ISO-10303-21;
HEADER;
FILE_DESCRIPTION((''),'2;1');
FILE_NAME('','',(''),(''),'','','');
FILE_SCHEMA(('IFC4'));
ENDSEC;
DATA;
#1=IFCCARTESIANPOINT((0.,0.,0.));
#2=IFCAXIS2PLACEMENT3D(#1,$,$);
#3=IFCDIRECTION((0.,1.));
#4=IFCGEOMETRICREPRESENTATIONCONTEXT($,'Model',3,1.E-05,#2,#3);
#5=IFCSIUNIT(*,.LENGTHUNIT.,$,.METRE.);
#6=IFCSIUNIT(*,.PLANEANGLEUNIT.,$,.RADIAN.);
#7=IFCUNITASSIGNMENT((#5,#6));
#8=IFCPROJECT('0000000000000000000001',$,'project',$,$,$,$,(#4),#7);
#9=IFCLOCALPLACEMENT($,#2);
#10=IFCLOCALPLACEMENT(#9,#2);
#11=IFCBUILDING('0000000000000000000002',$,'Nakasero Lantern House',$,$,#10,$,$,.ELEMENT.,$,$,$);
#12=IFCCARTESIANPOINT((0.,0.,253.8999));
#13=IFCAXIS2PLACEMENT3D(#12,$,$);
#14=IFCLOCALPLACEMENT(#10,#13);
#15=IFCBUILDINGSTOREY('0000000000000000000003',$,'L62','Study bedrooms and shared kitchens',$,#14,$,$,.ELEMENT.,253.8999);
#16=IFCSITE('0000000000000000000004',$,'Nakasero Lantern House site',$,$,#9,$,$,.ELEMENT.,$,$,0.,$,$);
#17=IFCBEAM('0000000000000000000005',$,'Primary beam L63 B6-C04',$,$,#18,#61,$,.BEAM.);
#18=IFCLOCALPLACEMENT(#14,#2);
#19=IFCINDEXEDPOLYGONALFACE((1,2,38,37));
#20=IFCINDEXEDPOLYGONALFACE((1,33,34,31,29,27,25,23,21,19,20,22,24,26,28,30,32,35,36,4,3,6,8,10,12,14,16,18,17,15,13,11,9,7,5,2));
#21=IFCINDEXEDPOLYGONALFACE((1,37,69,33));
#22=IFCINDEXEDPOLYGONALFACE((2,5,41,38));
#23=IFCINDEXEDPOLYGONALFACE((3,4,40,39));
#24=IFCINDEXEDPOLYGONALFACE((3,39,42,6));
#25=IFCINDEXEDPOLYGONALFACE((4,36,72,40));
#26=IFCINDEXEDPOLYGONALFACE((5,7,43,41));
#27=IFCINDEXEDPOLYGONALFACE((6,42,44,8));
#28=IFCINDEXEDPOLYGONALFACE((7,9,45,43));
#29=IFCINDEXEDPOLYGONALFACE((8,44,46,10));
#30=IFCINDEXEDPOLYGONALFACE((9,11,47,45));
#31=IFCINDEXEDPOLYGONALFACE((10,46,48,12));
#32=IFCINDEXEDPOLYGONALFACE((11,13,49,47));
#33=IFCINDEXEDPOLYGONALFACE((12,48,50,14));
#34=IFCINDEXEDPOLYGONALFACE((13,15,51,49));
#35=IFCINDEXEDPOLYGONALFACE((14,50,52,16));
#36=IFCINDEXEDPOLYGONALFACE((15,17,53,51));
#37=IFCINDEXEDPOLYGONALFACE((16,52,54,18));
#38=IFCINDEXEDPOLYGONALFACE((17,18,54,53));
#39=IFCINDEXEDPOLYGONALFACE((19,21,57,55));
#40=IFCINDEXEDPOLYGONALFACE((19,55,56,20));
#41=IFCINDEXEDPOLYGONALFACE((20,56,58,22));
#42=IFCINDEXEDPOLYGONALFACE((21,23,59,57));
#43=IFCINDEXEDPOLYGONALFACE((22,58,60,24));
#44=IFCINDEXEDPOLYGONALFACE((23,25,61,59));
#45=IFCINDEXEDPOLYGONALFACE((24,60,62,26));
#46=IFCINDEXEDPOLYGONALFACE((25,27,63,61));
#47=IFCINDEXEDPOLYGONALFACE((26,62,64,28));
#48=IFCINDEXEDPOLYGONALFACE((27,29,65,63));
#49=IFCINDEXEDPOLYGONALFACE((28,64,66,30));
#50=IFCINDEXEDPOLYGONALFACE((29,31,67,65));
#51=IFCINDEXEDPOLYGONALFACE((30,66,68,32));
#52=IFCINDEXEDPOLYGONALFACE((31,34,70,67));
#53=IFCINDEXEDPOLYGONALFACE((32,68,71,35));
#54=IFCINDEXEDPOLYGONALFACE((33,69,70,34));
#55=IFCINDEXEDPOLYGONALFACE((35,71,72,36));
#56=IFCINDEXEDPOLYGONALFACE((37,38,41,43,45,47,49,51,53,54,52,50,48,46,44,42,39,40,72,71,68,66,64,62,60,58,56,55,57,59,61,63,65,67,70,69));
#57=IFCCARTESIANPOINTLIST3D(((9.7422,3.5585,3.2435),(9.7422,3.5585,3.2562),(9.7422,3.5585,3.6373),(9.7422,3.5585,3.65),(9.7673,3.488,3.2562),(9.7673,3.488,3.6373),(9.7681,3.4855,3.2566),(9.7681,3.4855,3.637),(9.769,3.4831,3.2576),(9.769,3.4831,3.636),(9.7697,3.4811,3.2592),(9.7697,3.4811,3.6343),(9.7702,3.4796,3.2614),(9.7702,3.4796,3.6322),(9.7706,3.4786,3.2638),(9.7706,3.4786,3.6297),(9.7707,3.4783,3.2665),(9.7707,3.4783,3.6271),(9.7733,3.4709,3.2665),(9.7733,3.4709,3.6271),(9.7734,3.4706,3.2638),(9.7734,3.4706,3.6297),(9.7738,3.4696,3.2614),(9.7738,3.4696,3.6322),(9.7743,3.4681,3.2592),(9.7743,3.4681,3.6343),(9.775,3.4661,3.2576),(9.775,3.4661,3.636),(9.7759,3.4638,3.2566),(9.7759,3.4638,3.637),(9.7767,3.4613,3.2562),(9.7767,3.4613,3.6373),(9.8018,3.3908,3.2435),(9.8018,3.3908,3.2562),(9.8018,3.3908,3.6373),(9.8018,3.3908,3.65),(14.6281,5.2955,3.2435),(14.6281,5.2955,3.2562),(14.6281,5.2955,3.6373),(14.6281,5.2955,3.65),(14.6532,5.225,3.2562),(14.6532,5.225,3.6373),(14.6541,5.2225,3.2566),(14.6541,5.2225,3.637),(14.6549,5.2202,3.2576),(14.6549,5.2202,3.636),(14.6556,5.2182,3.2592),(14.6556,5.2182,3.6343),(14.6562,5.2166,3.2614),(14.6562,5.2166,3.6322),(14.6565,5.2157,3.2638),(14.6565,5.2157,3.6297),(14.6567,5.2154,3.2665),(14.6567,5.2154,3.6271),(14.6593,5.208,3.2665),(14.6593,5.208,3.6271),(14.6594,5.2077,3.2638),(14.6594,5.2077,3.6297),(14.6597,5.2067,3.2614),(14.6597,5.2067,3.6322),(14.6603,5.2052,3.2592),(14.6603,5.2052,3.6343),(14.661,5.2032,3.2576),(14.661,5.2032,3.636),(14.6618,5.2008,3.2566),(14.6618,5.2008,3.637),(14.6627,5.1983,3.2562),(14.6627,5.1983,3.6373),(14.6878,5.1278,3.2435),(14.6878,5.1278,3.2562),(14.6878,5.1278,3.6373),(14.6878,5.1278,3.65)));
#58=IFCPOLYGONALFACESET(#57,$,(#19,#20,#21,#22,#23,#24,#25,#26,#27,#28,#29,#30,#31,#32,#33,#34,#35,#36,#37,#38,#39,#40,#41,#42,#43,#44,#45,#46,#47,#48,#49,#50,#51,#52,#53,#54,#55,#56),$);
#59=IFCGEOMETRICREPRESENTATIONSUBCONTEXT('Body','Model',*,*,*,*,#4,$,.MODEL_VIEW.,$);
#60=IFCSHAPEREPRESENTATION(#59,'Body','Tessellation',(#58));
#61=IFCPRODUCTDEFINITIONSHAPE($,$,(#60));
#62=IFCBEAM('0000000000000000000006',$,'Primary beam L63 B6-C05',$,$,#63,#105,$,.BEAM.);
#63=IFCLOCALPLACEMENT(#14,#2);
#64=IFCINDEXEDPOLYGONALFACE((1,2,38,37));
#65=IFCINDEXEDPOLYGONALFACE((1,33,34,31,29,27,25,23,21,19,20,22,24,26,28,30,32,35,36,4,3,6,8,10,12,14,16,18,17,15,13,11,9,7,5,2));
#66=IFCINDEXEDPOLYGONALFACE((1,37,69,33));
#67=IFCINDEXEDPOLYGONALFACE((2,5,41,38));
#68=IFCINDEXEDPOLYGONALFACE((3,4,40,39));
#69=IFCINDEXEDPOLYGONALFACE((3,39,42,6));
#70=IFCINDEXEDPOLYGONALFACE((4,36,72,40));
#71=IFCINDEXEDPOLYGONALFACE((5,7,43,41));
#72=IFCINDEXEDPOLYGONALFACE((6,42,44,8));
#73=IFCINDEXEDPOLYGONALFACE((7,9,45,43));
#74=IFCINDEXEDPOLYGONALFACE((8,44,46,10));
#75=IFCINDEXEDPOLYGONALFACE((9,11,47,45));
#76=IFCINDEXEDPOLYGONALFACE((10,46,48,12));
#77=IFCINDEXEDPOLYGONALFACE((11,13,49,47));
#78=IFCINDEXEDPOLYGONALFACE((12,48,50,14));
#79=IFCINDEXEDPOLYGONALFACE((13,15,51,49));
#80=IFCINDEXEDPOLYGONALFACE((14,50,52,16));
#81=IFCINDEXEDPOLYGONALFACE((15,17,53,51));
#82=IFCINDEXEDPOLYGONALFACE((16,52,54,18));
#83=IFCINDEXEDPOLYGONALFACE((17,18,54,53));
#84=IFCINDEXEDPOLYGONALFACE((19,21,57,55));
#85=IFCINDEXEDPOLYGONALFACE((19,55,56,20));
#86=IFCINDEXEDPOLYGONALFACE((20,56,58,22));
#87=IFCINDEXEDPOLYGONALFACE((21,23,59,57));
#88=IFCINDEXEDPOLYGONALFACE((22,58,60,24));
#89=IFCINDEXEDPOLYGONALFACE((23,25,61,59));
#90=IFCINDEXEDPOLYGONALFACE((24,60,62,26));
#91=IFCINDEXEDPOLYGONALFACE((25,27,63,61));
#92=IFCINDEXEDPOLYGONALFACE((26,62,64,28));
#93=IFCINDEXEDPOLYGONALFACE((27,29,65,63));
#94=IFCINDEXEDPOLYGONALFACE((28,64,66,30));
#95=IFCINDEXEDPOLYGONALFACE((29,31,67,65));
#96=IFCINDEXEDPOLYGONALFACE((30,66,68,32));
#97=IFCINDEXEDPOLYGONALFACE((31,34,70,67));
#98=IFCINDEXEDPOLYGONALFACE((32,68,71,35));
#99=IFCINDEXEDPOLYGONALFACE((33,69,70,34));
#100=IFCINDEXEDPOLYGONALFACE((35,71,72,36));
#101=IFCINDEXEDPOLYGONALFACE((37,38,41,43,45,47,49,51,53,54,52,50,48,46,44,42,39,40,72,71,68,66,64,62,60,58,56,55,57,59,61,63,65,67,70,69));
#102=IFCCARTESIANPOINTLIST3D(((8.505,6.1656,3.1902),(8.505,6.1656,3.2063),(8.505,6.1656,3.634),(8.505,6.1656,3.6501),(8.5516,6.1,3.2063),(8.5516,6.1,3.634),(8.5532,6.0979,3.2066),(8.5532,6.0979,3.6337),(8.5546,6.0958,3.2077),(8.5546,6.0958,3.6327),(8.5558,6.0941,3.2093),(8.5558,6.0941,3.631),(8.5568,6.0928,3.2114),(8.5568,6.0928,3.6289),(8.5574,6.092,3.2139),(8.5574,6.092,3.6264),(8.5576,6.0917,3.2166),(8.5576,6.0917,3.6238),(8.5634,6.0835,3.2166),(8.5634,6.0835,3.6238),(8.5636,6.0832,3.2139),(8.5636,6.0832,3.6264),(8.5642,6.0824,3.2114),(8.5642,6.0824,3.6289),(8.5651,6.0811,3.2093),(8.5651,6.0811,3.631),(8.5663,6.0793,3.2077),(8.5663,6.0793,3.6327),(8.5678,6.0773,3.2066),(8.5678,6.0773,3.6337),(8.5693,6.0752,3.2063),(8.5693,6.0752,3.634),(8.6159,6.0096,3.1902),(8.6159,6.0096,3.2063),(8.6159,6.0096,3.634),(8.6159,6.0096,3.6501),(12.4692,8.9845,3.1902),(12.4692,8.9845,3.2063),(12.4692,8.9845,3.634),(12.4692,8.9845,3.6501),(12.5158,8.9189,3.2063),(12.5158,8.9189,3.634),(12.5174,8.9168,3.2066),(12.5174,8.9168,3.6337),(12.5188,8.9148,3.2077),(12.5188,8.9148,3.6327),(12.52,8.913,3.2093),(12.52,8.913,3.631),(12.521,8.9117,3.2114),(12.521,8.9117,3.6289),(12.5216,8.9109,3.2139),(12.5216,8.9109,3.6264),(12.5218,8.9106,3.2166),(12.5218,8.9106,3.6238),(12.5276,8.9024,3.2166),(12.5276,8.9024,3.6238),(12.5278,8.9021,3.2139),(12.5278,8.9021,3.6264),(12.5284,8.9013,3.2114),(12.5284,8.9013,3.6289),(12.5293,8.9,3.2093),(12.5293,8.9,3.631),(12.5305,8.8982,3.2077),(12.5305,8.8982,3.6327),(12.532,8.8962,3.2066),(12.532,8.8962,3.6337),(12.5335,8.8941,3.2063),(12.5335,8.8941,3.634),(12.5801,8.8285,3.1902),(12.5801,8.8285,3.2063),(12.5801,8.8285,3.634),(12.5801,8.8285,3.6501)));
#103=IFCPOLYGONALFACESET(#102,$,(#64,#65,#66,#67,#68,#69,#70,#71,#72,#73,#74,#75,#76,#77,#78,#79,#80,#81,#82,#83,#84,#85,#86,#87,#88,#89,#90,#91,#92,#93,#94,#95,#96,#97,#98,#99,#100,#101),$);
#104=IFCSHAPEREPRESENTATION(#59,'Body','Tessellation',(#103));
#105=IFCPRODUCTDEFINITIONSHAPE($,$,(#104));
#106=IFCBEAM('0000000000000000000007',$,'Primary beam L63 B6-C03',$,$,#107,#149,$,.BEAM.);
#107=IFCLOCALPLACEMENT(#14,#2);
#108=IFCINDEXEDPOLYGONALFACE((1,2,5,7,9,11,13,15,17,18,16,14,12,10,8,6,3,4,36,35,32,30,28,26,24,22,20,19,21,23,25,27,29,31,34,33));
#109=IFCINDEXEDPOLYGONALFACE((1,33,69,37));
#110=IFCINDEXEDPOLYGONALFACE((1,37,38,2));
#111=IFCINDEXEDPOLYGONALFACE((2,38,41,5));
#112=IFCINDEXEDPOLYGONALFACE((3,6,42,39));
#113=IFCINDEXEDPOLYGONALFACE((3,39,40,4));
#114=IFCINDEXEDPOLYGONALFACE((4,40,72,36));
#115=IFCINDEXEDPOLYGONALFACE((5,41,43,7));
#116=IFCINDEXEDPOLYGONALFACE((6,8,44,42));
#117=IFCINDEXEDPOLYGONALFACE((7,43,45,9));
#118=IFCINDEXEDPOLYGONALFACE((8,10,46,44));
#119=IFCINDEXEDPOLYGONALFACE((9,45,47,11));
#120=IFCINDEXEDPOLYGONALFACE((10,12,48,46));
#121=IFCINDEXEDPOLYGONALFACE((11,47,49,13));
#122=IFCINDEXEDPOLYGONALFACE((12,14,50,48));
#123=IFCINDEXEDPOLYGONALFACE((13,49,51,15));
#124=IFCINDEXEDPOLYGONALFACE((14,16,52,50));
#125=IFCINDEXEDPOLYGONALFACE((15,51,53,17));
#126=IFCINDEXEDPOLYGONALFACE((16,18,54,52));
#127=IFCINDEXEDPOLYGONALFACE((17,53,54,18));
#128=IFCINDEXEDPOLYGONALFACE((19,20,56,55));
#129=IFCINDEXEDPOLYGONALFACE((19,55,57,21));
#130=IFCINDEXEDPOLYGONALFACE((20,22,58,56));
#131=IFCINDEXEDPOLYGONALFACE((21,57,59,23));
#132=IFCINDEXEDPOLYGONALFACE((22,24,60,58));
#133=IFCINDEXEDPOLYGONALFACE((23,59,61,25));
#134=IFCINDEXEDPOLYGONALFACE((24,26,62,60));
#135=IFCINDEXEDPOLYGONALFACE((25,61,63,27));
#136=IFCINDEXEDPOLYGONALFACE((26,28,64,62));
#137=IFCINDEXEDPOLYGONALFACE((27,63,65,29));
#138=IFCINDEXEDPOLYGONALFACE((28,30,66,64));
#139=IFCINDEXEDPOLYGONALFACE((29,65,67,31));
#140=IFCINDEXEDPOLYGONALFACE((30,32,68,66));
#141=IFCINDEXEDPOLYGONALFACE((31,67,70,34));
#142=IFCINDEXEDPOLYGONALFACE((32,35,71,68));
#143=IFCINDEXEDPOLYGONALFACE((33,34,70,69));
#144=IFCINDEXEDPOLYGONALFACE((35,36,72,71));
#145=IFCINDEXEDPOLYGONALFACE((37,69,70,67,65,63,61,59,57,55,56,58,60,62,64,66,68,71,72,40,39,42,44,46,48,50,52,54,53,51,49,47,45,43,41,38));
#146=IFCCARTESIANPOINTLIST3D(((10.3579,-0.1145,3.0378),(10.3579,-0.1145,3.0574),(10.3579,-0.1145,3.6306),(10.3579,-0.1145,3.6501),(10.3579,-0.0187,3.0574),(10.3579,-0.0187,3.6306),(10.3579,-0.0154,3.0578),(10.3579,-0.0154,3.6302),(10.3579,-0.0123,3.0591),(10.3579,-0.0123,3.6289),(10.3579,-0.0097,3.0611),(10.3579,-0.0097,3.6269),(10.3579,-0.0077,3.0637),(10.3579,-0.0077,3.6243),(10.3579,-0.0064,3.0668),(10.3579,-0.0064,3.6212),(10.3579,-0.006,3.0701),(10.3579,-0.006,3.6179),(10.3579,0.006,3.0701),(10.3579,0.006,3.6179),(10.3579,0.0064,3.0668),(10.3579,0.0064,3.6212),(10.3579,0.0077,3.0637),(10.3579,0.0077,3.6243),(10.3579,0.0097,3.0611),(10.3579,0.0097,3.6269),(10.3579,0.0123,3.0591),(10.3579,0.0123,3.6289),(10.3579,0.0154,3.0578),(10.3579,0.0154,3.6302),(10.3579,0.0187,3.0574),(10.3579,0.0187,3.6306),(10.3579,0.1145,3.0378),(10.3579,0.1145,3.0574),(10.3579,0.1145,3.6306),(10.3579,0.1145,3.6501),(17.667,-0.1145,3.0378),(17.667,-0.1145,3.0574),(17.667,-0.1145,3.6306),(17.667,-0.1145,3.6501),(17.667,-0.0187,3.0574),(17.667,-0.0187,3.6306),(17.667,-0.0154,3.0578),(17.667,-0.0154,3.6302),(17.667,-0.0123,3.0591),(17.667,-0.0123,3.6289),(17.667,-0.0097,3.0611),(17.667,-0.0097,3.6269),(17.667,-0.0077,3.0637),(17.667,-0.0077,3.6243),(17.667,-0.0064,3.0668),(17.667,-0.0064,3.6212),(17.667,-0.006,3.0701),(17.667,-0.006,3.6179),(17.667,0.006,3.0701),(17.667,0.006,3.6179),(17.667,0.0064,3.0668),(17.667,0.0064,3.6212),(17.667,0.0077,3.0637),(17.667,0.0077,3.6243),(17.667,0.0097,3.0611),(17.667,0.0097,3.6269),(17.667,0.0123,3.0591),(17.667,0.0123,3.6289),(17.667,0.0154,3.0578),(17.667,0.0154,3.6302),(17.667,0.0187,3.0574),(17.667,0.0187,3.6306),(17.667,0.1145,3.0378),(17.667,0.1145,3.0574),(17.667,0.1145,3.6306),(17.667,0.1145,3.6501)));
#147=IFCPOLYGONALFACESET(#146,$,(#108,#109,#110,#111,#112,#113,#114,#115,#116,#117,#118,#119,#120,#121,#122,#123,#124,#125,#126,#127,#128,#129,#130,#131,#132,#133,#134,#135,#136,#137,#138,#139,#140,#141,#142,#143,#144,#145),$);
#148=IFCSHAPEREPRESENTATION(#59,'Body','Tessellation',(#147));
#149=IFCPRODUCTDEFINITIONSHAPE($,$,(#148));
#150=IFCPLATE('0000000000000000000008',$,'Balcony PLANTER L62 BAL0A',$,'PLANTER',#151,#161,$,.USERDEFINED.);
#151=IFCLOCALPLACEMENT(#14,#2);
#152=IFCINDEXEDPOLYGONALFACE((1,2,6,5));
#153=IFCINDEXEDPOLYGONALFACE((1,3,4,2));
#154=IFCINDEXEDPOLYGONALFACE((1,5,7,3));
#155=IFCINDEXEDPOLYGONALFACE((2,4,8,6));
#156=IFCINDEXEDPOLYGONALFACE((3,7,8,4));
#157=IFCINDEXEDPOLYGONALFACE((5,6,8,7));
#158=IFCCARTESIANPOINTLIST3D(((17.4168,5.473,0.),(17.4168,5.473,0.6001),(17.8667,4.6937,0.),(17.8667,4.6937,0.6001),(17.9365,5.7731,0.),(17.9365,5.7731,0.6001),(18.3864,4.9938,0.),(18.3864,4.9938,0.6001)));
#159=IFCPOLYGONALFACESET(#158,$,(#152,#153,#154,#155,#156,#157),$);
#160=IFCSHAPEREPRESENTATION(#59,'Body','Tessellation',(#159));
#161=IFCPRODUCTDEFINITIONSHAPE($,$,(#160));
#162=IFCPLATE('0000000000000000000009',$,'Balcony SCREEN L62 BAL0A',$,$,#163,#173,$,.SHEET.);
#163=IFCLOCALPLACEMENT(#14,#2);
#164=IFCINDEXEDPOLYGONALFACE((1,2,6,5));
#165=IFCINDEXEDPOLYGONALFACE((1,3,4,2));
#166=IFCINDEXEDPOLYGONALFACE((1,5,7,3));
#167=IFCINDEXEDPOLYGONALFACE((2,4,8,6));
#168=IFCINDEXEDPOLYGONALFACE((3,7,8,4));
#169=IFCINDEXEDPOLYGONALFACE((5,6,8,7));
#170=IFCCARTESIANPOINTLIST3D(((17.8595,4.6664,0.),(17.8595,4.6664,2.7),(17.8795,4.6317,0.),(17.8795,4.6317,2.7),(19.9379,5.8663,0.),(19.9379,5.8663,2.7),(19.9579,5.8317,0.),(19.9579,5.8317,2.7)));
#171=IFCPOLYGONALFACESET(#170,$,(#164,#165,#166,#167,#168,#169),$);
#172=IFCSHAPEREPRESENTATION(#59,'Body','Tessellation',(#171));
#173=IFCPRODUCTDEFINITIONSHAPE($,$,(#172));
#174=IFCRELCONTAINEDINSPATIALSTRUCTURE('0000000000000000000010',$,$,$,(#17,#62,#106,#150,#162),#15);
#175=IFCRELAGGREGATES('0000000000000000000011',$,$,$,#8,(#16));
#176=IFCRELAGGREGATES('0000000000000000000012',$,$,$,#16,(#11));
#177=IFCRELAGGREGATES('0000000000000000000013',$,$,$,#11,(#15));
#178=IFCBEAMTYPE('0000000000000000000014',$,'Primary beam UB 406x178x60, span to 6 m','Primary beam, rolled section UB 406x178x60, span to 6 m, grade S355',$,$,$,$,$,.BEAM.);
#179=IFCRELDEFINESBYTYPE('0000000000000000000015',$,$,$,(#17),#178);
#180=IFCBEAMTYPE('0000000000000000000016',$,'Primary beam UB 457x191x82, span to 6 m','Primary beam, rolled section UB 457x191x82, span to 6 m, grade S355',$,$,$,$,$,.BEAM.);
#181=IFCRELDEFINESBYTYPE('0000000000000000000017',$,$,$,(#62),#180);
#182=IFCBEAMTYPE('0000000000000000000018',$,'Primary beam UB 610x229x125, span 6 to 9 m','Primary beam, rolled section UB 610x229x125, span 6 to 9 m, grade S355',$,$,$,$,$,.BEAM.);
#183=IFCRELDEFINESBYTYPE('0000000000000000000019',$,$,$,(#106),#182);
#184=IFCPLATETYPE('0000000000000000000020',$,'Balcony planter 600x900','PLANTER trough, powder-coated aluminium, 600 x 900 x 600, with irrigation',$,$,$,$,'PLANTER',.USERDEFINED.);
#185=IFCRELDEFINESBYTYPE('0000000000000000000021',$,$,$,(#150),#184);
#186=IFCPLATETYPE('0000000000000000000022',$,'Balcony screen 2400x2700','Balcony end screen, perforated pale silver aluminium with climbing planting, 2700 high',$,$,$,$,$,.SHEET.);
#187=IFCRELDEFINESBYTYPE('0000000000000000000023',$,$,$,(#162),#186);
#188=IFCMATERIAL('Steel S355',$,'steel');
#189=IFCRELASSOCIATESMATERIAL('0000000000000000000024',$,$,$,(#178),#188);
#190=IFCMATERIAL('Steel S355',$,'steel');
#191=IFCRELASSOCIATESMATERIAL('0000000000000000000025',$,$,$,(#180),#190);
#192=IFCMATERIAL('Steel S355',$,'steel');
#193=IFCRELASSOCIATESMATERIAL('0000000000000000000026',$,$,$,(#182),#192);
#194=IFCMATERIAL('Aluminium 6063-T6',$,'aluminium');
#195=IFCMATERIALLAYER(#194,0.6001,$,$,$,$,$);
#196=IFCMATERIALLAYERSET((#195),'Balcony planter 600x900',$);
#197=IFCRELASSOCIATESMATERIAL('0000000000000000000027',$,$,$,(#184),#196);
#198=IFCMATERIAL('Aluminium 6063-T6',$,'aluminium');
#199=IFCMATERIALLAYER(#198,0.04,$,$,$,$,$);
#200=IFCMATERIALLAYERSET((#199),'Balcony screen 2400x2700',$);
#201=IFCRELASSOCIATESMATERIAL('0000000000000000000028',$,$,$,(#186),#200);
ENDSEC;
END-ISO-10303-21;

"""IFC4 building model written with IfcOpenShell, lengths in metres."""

from ifc_helpers import new_model, si_unit, direction, frame, origin, origin_2d, place, context, subcontext, project, spatial, rectangle, i_section, extrude, material, layer, layer_set, material_profile, profile_set, type_object, element, save


model = new_model("IFC4")

# Units and contexts
model_context = context("Model", 3, precision=1e-05, world=origin(), true_north=direction((0.0, 1.0)))
body_context = subcontext(model_context, "Body", "Model", "MODEL_VIEW")
ifc_project = project(units=[si_unit("LENGTHUNIT", "METRE"), si_unit("PLANEANGLEUNIT", "RADIAN")], contexts=[model_context])

# Site, building, storey
site_placement = place(None, origin())
site = spatial("IfcSite", under=ifc_project, at=site_placement, Name="Nakasero Lantern House site", CompositionType="ELEMENT", RefElevation=0.0)
building_placement = place(site_placement, origin())
building = spatial("IfcBuilding", under=site, at=building_placement, Name="Nakasero Lantern House", CompositionType="ELEMENT")
storey_placement = place(building_placement, frame((0.0, 0.0, 253.8999)))
storey = spatial("IfcBuildingStorey", under=building, at=storey_placement, Name="L62", Description="Study bedrooms and shared kitchens", CompositionType="ELEMENT", Elevation=253.8999)

# Beams
ifc_material_1 = material(Name="Steel S355", Category="steel")
ifc_material_profile_1 = material_profile(ifc_material_1, i_section(OverallWidth=0.178, OverallDepth=0.4065, WebThickness=0.0078, FlangeThickness=0.0127, FilletRadius=0.0103, at=origin_2d()), Name="UB 406x178x60")
ifc_profile_set_1 = profile_set([ifc_material_profile_1], Name="Steel S355")
beam_type_1 = type_object("IfcBeamType", Name="Primary beam UB 406x178x60, span to 6 m", Description="Primary beam, rolled section UB 406x178x60, span to 6 m, grade S355", PredefinedType="BEAM", material=ifc_profile_set_1)
beam_1_placement = place(storey_placement, frame((14.658, 5.2117, 3.4468), z_axis=(-0.942226, -0.334979, 0.0), x_axis=(0.334979, -0.942226, 0.0)))
element("IfcBeam", 1, at=beam_1_placement, inside=storey, type_object=beam_type_1, Name="Primary beam L63 B6-C04", PredefinedType="BEAM", context=body_context, shape_type="SweptSolid", body=[
    extrude(i_section(OverallWidth=0.178, OverallDepth=0.4065, WebThickness=0.0078, FlangeThickness=0.0127, FilletRadius=0.0103, at=origin_2d()), origin(), (0.0, 0.0, 1.0), 5.1855),
])
ifc_material_2 = material(Name="Steel S355", Category="steel")
ifc_material_profile_2 = material_profile(ifc_material_2, i_section(OverallWidth=0.1914, OverallDepth=0.46, WebThickness=0.01, FlangeThickness=0.0161, FilletRadius=0.0103, at=origin_2d()), Name="UB 457x191x82")
ifc_profile_set_2 = profile_set([ifc_material_profile_2], Name="Steel S355")
beam_type_2 = type_object("IfcBeamType", Name="Primary beam UB 457x191x82, span to 6 m", Description="Primary beam, rolled section UB 457x191x82, span to 6 m, grade S355", PredefinedType="BEAM", material=ifc_profile_set_2)
beam_2_placement = place(storey_placement, frame((12.5247, 8.9065, 3.4202), z_axis=(-0.814963, -0.579513, 0.0), x_axis=(0.579513, -0.814963, 0.0)))
element("IfcBeam", 2, at=beam_2_placement, inside=storey, type_object=beam_type_2, Name="Primary beam L63 B6-C05", PredefinedType="BEAM", context=body_context, shape_type="SweptSolid", body=[
    extrude(i_section(OverallWidth=0.1914, OverallDepth=0.46, WebThickness=0.01, FlangeThickness=0.0161, FilletRadius=0.0103, at=origin_2d()), origin(), (0.0, 0.0, 1.0), 4.8643),
])
ifc_material_3 = material(Name="Steel S355", Category="steel")
ifc_material_profile_3 = material_profile(ifc_material_3, i_section(OverallWidth=0.229, OverallDepth=0.6123, WebThickness=0.012, FlangeThickness=0.0195, FilletRadius=0.0127, at=origin_2d()), Name="UB 610x229x125")
ifc_profile_set_3 = profile_set([ifc_material_profile_3], Name="Steel S355")
beam_type_3 = type_object("IfcBeamType", Name="Primary beam UB 610x229x125, span 6 to 9 m", Description="Primary beam, rolled section UB 610x229x125, span 6 to 9 m, grade S355", PredefinedType="BEAM", material=ifc_profile_set_3)
beam_3_placement = place(storey_placement, frame((17.667, 0.0, 3.344), z_axis=(-1.0, 0.0, 0.0), x_axis=(0.0, -1.0, 0.0)))
element("IfcBeam", 3, at=beam_3_placement, inside=storey, type_object=beam_type_3, Name="Primary beam L63 B6-C03", PredefinedType="BEAM", context=body_context, shape_type="SweptSolid", body=[
    extrude(i_section(OverallWidth=0.229, OverallDepth=0.6123, WebThickness=0.012, FlangeThickness=0.0195, FilletRadius=0.0127, at=origin_2d()), origin(), (0.0, 0.0, 1.0), 7.3091),
])

# Plates
ifc_material_4 = material(Name="Aluminium 6063-T6", Category="aluminium")
ifc_layer_1 = layer(ifc_material_4, 0.6001)
ifc_layer_set_1 = layer_set([ifc_layer_1], Name="Balcony planter 600x900")
plate_type_1 = type_object("IfcPlateType", Name="Balcony planter 600x900", Description="PLANTER trough, powder-coated aluminium, 600 x 900 x 600, with irrigation", ElementType="PLANTER", PredefinedType="USERDEFINED", material=ifc_layer_set_1)
plate_1_placement = place(storey_placement, frame((17.9016, 5.2334, 0.0), z_axis=(0.0, 0.0, 1.0), x_axis=(0.866025, 0.5, 0.0)))
element("IfcPlate", 4, at=plate_1_placement, inside=storey, type_object=plate_type_1, Name="Balcony PLANTER L62 BAL0A", ObjectType="PLANTER", PredefinedType="USERDEFINED", context=body_context, shape_type="SweptSolid", body=[
    extrude(rectangle(XDim=0.6001, YDim=0.8999, at=origin_2d()), origin(), (0.0, 0.0, 1.0), 0.6001),
])
ifc_material_5 = material(Name="Aluminium 6063-T6", Category="aluminium")
ifc_layer_2 = layer(ifc_material_5, 0.04)
ifc_layer_set_2 = layer_set([ifc_layer_2], Name="Balcony screen 2400x2700")
plate_type_2 = type_object("IfcPlateType", Name="Balcony screen 2400x2700", Description="Balcony end screen, perforated pale silver aluminium with climbing planting, 2700 high", PredefinedType="SHEET", material=ifc_layer_set_2)
plate_2_placement = place(storey_placement, frame((18.9087, 5.249, 0.0), z_axis=(0.0, 0.0, 1.0), x_axis=(0.866025, 0.5, 0.0)))
element("IfcPlate", 5, at=plate_2_placement, inside=storey, type_object=plate_type_2, Name="Balcony SCREEN L62 BAL0A", PredefinedType="SHEET", context=body_context, shape_type="SweptSolid", body=[
    extrude(rectangle(XDim=2.3999, YDim=0.04, at=origin_2d()), origin(), (0.0, 0.0, 1.0), 2.7),
])

save(model, "model.ifc")
